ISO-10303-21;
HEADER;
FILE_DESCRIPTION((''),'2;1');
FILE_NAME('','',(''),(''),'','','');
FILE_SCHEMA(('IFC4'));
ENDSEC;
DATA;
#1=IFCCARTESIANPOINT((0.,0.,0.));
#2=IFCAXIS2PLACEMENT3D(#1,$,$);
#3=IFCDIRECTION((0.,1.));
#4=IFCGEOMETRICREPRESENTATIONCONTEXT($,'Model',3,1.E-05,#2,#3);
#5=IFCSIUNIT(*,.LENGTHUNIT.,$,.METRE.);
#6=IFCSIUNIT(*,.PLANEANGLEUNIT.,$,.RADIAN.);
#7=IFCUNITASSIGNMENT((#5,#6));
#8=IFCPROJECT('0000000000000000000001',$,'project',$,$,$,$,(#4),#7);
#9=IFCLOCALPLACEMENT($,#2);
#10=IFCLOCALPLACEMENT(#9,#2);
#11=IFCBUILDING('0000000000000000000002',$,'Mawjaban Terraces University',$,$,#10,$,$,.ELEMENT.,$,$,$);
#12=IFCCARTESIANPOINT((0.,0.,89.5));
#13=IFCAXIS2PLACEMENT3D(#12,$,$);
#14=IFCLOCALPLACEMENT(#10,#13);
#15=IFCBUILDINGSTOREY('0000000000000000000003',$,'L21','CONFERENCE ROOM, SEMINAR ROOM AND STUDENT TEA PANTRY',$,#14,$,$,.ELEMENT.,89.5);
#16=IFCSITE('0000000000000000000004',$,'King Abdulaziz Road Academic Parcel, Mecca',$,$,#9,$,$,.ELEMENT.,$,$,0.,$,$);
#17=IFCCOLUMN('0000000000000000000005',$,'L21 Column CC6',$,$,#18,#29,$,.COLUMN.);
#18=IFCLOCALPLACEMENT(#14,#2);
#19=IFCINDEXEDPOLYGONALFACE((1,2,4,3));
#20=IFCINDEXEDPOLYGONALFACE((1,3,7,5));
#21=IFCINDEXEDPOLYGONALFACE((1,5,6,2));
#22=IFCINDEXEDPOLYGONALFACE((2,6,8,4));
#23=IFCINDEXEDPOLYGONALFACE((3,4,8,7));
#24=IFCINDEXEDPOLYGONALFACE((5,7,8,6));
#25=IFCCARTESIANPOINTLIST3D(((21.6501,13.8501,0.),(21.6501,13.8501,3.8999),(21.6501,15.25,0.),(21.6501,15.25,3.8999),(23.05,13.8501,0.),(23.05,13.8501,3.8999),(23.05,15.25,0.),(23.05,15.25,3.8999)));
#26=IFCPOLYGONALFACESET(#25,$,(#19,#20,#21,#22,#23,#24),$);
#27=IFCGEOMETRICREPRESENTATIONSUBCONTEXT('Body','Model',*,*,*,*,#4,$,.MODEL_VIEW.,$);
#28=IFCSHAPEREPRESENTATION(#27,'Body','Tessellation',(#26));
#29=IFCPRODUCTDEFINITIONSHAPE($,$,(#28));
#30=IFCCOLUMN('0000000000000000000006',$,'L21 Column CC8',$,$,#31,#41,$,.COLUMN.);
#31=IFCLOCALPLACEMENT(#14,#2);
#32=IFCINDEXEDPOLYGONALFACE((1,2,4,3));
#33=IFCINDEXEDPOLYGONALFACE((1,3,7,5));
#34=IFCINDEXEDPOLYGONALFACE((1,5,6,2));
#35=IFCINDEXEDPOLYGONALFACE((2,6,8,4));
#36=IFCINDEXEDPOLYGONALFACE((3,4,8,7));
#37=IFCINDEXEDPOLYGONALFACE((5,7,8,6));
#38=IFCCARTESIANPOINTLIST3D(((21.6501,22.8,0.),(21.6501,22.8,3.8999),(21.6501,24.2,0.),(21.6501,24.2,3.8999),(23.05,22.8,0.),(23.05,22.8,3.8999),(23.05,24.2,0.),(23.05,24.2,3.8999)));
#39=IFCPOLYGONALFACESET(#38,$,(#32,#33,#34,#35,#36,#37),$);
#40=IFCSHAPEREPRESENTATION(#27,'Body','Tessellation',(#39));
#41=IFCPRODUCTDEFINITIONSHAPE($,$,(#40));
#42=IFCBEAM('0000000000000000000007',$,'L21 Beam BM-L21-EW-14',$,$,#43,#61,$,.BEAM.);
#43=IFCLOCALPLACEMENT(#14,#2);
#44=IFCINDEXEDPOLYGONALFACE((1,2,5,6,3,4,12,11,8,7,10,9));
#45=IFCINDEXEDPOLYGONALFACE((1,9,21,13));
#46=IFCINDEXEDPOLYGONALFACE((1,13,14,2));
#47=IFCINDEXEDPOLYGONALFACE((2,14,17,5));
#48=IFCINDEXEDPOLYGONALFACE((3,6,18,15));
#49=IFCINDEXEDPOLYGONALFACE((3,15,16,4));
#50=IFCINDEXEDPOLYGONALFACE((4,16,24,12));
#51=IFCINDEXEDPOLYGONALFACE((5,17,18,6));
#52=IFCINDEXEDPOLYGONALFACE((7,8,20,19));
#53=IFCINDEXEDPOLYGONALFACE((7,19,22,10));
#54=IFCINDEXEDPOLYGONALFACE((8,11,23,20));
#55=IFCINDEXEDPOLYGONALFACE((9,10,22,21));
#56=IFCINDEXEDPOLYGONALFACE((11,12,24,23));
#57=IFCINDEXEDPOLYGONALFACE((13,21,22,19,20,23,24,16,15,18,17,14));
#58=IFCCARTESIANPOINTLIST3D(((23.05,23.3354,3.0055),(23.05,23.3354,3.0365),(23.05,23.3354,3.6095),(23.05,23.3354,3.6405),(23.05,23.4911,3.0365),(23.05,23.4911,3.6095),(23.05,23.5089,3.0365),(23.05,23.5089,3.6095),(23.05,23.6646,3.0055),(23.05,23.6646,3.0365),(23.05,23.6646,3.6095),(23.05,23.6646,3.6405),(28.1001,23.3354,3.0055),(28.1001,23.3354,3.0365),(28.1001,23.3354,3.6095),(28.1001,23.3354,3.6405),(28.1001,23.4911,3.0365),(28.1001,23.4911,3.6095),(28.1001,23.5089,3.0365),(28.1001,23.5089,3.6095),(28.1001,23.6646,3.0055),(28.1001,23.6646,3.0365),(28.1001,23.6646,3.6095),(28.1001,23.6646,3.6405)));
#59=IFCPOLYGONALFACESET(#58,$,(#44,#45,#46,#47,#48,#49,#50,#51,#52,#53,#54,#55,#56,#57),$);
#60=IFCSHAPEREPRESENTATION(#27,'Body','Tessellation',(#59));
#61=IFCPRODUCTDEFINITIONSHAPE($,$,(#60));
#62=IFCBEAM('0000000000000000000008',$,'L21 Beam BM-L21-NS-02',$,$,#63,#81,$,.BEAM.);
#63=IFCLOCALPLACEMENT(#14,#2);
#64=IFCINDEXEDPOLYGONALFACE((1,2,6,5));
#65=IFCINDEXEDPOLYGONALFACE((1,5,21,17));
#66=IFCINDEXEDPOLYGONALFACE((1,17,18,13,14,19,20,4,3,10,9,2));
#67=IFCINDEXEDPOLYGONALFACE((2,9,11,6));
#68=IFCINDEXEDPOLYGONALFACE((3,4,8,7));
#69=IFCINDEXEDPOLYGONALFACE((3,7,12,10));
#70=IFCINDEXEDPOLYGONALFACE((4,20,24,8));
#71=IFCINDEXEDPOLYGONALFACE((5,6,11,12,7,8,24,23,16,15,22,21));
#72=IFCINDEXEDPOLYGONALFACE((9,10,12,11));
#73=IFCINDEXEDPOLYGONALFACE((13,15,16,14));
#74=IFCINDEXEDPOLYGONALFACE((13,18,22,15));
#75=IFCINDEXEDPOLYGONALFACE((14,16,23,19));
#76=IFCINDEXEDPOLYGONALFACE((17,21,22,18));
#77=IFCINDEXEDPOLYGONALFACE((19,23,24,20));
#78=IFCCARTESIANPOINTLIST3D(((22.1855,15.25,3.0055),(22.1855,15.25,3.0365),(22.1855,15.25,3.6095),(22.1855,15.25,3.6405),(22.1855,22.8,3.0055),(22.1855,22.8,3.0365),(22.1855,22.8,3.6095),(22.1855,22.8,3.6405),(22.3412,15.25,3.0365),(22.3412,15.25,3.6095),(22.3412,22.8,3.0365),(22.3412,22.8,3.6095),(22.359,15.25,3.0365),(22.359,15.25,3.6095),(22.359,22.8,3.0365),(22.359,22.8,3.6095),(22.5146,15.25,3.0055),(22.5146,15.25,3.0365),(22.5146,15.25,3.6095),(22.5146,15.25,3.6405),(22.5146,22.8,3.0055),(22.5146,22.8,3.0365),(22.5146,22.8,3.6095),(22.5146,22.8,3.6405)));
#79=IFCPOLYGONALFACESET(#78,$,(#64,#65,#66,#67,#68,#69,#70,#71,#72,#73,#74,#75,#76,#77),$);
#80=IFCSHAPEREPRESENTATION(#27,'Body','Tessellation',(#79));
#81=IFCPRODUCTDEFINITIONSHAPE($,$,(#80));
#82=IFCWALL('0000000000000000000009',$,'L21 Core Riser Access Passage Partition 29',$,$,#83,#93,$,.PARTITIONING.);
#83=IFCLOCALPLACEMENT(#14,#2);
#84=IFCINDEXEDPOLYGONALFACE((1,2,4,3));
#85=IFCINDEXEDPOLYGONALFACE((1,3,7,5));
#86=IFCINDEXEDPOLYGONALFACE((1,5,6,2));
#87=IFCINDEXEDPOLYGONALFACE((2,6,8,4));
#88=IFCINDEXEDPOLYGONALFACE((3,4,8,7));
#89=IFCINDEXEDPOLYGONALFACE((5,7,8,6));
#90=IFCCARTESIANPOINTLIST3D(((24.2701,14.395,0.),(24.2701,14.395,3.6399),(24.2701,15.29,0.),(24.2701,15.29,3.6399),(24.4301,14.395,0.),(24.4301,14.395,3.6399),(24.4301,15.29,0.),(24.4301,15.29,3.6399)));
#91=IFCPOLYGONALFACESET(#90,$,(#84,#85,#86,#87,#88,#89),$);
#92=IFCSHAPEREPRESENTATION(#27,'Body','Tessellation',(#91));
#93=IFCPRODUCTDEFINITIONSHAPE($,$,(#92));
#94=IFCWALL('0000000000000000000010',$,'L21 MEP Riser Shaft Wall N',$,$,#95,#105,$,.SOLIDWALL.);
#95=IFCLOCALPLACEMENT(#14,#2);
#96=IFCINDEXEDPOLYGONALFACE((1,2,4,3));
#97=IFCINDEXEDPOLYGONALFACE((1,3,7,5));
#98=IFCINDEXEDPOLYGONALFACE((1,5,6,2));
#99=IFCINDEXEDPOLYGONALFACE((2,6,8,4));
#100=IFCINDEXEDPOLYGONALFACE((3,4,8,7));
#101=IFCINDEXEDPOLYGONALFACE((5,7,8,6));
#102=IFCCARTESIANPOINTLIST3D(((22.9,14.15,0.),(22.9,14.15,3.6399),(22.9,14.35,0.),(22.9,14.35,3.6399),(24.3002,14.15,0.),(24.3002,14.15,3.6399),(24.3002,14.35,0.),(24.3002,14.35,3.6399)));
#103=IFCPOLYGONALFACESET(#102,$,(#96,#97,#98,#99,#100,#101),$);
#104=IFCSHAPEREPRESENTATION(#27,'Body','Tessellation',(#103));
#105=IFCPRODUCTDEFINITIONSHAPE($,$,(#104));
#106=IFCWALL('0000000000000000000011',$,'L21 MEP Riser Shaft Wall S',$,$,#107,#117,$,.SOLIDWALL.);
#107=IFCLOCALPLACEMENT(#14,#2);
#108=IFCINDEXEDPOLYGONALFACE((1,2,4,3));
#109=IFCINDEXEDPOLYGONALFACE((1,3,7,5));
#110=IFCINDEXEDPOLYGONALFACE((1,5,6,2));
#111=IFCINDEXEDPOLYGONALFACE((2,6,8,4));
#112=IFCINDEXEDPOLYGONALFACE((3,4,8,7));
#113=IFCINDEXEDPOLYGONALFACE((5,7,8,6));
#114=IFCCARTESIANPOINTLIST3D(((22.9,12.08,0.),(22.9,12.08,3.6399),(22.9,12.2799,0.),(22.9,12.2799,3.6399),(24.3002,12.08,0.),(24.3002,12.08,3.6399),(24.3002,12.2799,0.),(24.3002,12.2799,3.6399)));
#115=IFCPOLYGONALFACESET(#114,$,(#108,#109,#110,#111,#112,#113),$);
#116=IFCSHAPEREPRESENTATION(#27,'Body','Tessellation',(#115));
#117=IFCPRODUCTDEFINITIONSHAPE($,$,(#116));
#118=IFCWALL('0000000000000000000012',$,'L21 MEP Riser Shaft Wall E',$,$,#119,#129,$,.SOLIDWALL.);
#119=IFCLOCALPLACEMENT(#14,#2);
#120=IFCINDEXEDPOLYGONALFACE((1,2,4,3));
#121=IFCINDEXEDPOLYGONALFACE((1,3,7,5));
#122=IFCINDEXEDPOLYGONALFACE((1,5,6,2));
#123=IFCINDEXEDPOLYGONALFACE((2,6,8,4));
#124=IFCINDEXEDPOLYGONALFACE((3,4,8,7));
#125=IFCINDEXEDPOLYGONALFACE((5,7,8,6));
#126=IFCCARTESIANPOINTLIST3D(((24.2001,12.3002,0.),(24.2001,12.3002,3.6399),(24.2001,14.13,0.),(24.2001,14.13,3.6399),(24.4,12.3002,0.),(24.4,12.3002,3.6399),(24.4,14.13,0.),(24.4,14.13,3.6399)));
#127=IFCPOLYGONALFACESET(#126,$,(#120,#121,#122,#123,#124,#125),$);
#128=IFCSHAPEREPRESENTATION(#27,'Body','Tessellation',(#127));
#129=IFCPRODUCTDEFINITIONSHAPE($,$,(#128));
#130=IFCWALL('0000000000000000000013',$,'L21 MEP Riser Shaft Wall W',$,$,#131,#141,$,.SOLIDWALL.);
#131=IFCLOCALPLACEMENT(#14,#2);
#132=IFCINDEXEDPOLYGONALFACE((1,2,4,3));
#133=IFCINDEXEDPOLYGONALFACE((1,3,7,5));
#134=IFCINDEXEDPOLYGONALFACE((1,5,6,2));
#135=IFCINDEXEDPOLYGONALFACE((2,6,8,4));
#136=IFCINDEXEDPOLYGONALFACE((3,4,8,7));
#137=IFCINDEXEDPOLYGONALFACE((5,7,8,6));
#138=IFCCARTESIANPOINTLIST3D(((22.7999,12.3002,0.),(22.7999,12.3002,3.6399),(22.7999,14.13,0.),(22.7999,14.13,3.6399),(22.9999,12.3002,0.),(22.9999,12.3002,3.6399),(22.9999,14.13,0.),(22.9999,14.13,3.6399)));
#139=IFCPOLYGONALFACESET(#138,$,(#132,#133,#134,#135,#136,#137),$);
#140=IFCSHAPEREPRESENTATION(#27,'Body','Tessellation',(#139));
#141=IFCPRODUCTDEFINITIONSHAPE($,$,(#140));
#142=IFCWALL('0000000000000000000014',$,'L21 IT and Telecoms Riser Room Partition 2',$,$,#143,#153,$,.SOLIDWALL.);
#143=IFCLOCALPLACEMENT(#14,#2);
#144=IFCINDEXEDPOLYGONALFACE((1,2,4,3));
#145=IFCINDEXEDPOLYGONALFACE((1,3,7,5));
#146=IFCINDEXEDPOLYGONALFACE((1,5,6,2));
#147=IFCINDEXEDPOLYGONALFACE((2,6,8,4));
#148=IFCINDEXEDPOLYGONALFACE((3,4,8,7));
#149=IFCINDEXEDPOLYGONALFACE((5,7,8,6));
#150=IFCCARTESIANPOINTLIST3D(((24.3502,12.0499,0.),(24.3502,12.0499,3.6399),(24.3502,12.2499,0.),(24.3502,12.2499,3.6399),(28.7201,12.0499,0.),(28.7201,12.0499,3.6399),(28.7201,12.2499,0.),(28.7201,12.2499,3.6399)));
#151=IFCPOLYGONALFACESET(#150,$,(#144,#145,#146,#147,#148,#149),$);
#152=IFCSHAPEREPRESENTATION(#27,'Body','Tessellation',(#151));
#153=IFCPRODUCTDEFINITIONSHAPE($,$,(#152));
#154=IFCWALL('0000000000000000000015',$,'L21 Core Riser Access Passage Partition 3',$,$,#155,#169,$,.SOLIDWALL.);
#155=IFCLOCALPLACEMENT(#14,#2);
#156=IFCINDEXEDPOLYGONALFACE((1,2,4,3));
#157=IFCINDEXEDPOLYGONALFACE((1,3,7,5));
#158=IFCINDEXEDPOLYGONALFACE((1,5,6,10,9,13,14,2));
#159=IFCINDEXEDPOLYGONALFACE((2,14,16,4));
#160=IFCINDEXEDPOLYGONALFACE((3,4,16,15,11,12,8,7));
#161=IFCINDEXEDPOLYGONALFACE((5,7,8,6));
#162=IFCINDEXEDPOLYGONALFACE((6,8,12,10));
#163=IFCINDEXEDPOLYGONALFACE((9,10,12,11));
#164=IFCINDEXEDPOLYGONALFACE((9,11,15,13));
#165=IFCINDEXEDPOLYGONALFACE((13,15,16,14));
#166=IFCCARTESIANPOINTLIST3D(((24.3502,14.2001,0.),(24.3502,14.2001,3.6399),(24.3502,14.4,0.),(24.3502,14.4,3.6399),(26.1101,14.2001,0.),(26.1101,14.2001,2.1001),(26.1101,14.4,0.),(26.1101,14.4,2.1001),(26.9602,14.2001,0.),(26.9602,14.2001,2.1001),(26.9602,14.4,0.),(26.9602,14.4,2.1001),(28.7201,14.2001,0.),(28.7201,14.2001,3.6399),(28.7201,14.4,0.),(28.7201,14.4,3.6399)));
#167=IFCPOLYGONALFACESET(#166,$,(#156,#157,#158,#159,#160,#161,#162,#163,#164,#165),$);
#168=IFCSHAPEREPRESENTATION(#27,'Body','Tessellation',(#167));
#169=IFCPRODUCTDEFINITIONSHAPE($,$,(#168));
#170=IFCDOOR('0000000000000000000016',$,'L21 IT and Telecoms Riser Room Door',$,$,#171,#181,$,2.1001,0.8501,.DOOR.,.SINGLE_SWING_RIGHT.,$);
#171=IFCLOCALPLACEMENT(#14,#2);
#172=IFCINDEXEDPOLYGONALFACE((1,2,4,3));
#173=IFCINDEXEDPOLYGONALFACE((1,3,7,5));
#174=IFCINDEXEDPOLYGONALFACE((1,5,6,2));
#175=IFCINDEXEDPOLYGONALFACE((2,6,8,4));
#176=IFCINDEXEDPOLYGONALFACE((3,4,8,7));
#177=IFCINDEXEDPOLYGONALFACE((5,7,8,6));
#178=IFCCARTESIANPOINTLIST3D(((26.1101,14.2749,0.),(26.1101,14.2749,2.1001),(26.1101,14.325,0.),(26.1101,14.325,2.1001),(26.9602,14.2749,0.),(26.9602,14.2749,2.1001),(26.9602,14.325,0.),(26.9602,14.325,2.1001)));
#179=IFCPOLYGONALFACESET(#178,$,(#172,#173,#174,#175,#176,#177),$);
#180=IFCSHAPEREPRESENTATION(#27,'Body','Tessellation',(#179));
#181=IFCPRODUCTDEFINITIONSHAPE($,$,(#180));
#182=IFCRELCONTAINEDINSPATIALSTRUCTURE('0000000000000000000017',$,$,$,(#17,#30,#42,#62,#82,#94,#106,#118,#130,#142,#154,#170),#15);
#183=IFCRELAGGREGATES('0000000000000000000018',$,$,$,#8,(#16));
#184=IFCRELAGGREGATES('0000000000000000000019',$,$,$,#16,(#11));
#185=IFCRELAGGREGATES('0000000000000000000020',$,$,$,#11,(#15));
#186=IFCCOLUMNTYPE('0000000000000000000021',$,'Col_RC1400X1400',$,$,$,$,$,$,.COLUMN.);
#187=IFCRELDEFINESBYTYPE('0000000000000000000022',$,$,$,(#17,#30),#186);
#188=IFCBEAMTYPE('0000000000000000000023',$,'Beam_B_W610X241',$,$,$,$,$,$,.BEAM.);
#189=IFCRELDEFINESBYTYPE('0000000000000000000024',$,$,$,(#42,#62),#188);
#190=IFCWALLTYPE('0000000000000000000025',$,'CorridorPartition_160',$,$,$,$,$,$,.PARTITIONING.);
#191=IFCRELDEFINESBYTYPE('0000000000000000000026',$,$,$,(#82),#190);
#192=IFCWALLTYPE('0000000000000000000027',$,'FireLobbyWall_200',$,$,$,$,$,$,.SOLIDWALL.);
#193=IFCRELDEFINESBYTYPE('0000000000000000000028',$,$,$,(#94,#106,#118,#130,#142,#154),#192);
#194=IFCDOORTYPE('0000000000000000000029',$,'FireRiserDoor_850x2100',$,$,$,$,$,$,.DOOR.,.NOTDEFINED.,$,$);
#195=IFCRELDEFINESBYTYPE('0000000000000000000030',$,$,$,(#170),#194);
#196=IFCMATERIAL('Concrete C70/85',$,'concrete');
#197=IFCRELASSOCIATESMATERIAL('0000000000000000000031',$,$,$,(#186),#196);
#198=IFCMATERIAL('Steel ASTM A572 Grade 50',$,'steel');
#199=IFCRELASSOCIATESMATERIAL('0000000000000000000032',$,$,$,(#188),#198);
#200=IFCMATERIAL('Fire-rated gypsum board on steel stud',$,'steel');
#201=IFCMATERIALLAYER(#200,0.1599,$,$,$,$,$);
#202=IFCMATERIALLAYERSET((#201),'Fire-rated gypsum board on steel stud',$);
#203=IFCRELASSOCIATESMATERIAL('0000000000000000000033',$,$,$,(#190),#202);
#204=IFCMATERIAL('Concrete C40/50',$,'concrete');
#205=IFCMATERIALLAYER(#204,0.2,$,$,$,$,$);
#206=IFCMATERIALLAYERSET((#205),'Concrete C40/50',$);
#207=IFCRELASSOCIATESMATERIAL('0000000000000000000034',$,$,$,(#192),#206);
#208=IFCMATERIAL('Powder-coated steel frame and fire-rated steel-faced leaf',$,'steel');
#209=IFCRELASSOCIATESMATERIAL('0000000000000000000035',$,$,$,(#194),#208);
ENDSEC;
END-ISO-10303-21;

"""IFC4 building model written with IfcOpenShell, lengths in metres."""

from ifc_helpers import new_model, si_unit, direction, frame, frame_2d, origin, origin_2d, place, context, subcontext, project, spatial, rectangle, i_section, extrude, material, layer, layer_set, material_profile, profile_set, type_object, element, fill, save


model = new_model("IFC4")

# Units and contexts
model_context = context("Model", 3, precision=1e-05, world=origin(), true_north=direction((0.0, 1.0)))
body_context = subcontext(model_context, "Body", "Model", "MODEL_VIEW")
ifc_project = project(units=[si_unit("LENGTHUNIT", "METRE"), si_unit("PLANEANGLEUNIT", "RADIAN")], contexts=[model_context])

# Site, building, storey
site_placement = place(None, origin())
site = spatial("IfcSite", under=ifc_project, at=site_placement, Name="King Abdulaziz Road Academic Parcel, Mecca", CompositionType="ELEMENT", RefElevation=0.0)
building_placement = place(site_placement, origin())
building = spatial("IfcBuilding", under=site, at=building_placement, Name="Mawjaban Terraces University", CompositionType="ELEMENT")
storey_placement = place(building_placement, frame((0.0, 0.0, 89.5)))
storey = spatial("IfcBuildingStorey", under=building, at=storey_placement, Name="L21", Description="CONFERENCE ROOM, SEMINAR ROOM AND STUDENT TEA PANTRY", CompositionType="ELEMENT", Elevation=89.5)

# Columns
ifc_material_1 = material(Name="Concrete C70/85", Category="concrete")
ifc_material_profile_1 = material_profile(ifc_material_1, rectangle(XDim=1.3999, YDim=1.3999, at=origin_2d()), Name="RC1400X1400")
ifc_profile_set_1 = profile_set([ifc_material_profile_1], Name="Concrete C70/85")
column_type = type_object("IfcColumnType", Name="Col_RC1400X1400", PredefinedType="COLUMN", material=ifc_profile_set_1)
for number, where, z_axis, x_axis, name in (
    (1, (22.3501, 14.55, 0.0), (0.0, 0.0, 1.0), (1.0, 0.0, 0.0), "L21 Column CC6"),
    (2, (22.3501, 23.5, 0.0), (0.0, 0.0, 1.0), (1.0, 0.0, 0.0), "L21 Column CC8"),
):
    element("IfcColumn", number, at=place(storey_placement, frame(where, z_axis=z_axis, x_axis=x_axis)), inside=storey, type_object=column_type, Name=name, PredefinedType="COLUMN", context=body_context, shape_type="SweptSolid", body=[
        extrude(rectangle(XDim=1.3999, YDim=1.3999, at=origin_2d()), origin(), (0.0, 0.0, 1.0), 3.8999),
    ])

# Beams
ifc_material_2 = material(Name="Steel ASTM A572 Grade 50", Category="steel")
ifc_material_profile_2 = material_profile(ifc_material_2, i_section(OverallWidth=0.3291, OverallDepth=0.635, WebThickness=0.0178, FlangeThickness=0.031, at=origin_2d()), Name="W610X241")
ifc_profile_set_2 = profile_set([ifc_material_profile_2], Name="Steel ASTM A572 Grade 50")
beam_type = type_object("IfcBeamType", Name="Beam_B_W610X241", PredefinedType="BEAM", material=ifc_profile_set_2)
beam_1_placement = place(storey_placement, frame((23.05, 23.5, 3.323), z_axis=(1.0, 0.0, 0.0), x_axis=(0.0, 1.0, 0.0)))
element("IfcBeam", 3, at=beam_1_placement, inside=storey, type_object=beam_type, Name="L21 Beam BM-L21-EW-14", PredefinedType="BEAM", context=body_context, shape_type="SweptSolid", body=[
    extrude(i_section(OverallWidth=0.3291, OverallDepth=0.635, WebThickness=0.0178, FlangeThickness=0.031, at=origin_2d()), origin(), (0.0, 0.0, 1.0), 5.05),
])
beam_2_placement = place(storey_placement, frame((22.3501, 15.25, 3.323), z_axis=(0.0, 1.0, 0.0), x_axis=(-1.0, 0.0, 0.0)))
element("IfcBeam", 4, at=beam_2_placement, inside=storey, type_object=beam_type, Name="L21 Beam BM-L21-NS-02", PredefinedType="BEAM", context=body_context, shape_type="SweptSolid", body=[
    extrude(i_section(OverallWidth=0.3291, OverallDepth=0.635, WebThickness=0.0178, FlangeThickness=0.031, at=origin_2d()), origin(), (0.0, 0.0, 1.0), 7.55),
])

# Walls
ifc_material_3 = material(Name="Fire-rated gypsum board on steel stud", Category="steel")
ifc_layer_1 = layer(ifc_material_3, 0.1599)
ifc_layer_set_1 = layer_set([ifc_layer_1], Name="Fire-rated gypsum board on steel stud")
wall_type_1 = type_object("IfcWallType", Name="CorridorPartition_160", PredefinedType="PARTITIONING", material=ifc_layer_set_1)
wall_1_placement = place(storey_placement, frame((24.3501, 15.29, 0.0), z_axis=(0.0, 0.0, 1.0), x_axis=(0.0, -1.0, 0.0)))
element("IfcWall", 5, at=wall_1_placement, inside=storey, type_object=wall_type_1, Name="L21 Core Riser Access Passage Partition 29", PredefinedType="PARTITIONING", context=body_context, shape_type="SweptSolid", body=[
    extrude(rectangle(XDim=0.895, YDim=0.1599, at=frame_2d((0.4475, 0.0))), origin(), (0.0, 0.0, 1.0), 3.6399),
])
ifc_material_4 = material(Name="Concrete C40/50", Category="concrete")
ifc_layer_2 = layer(ifc_material_4, 0.2)
ifc_layer_set_2 = layer_set([ifc_layer_2], Name="Concrete C40/50")
wall_type_2 = type_object("IfcWallType", Name="FireLobbyWall_200", PredefinedType="SOLIDWALL", material=ifc_layer_set_2)
for number, where, z_axis, x_axis, name in (
    (6, (22.8999, 14.25, 0.0), (0.0, 0.0, 1.0), (1.0, 0.0, 0.0), "L21 MEP Riser Shaft Wall N"),
    (7, (22.8999, 12.1799, 0.0), (0.0, 0.0, 1.0), (1.0, 0.0, 0.0), "L21 MEP Riser Shaft Wall S"),
):
    element("IfcWall", number, at=place(storey_placement, frame(where, z_axis=z_axis, x_axis=x_axis)), inside=storey, type_object=wall_type_2, Name=name, PredefinedType="SOLIDWALL", context=body_context, shape_type="SweptSolid", body=[
        extrude(rectangle(XDim=1.4001, YDim=0.2, at=frame_2d((0.7002, 0.0))), origin(), (0.0, 0.0, 1.0), 3.6399),
    ])
for number, where, z_axis, x_axis, name in (
    (8, (24.3, 12.3, 0.0), (0.0, 0.0, 1.0), (0.0, 1.0, 0.0), "L21 MEP Riser Shaft Wall E"),
    (9, (22.8999, 12.3, 0.0), (0.0, 0.0, 1.0), (0.0, 1.0, 0.0), "L21 MEP Riser Shaft Wall W"),
):
    element("IfcWall", number, at=place(storey_placement, frame(where, z_axis=z_axis, x_axis=x_axis)), inside=storey, type_object=wall_type_2, Name=name, PredefinedType="SOLIDWALL", context=body_context, shape_type="SweptSolid", body=[
        extrude(rectangle(XDim=1.8298, YDim=0.2, at=frame_2d((0.915, 0.0))), origin(), (0.0, 0.0, 1.0), 3.6399),
    ])
wall_2_placement = place(storey_placement, frame((24.3501, 12.1499, 0.0), z_axis=(0.0, 0.0, 1.0), x_axis=(1.0, 0.0, 0.0)))
element("IfcWall", 10, at=wall_2_placement, inside=storey, type_object=wall_type_2, Name="L21 IT and Telecoms Riser Room Partition 2", PredefinedType="SOLIDWALL", context=body_context, shape_type="SweptSolid", body=[
    extrude(rectangle(XDim=4.3699, YDim=0.2, at=frame_2d((2.1851, 0.0))), origin(), (0.0, 0.0, 1.0), 3.6399),
])

# Wall, opening, door
wall_3_placement = place(storey_placement, frame((24.3501, 14.3, 0.0), z_axis=(0.0, 0.0, 1.0), x_axis=(1.0, 0.0, 0.0)))
wall_3 = element("IfcWall", 11, at=wall_3_placement, inside=storey, type_object=wall_type_2, Name="L21 Core Riser Access Passage Partition 3", PredefinedType="SOLIDWALL", context=body_context, shape_type="SweptSolid", body=[
    extrude(rectangle(XDim=4.3699, YDim=0.2, at=frame_2d((2.1851, 0.0))), origin(), (0.0, 0.0, 1.0), 3.6399),
])
opening_placement = place(wall_3_placement, frame((1.76, 0.0, 0.0)))
opening = element("IfcOpeningElement", 12, at=opening_placement, cuts=wall_3, PredefinedType="OPENING", context=body_context, shape_type="SweptSolid", body=[
    extrude(rectangle(XDim=0.8501, YDim=2.1001, at=frame_2d((0.425, 1.05))), frame((0.0, 0.1099, 0.0), z_axis=(0.0, -1.0, 0.0), x_axis=(1.0, 0.0, 0.0)), (0.0, 0.0, 1.0), 0.22),
])
ifc_material_5 = material(Name="Powder-coated steel frame and fire-rated steel-faced leaf", Category="steel")
door_type = type_object("IfcDoorType", Name="FireRiserDoor_850x2100", OperationType="NOTDEFINED", PredefinedType="DOOR", material=ifc_material_5)
door_placement = place(opening_placement, origin())
door = element("IfcDoor", 13, at=door_placement, inside=storey, type_object=door_type, Name="L21 IT and Telecoms Riser Room Door", OperationType="SINGLE_SWING_RIGHT", OverallHeight=2.1001, OverallWidth=0.8501, PredefinedType="DOOR", context=body_context, shape_type="SweptSolid", body=[
    extrude(rectangle(XDim=0.8501, YDim=2.1001, at=frame_2d((0.425, 1.05))), frame((0.0, 0.0249, 0.0), z_axis=(0.0, -1.0, 0.0), x_axis=(1.0, 0.0, 0.0)), (0.0, 0.0, 1.0), 0.05),
])
fill(opening, door)

save(model, "model.ifc")
